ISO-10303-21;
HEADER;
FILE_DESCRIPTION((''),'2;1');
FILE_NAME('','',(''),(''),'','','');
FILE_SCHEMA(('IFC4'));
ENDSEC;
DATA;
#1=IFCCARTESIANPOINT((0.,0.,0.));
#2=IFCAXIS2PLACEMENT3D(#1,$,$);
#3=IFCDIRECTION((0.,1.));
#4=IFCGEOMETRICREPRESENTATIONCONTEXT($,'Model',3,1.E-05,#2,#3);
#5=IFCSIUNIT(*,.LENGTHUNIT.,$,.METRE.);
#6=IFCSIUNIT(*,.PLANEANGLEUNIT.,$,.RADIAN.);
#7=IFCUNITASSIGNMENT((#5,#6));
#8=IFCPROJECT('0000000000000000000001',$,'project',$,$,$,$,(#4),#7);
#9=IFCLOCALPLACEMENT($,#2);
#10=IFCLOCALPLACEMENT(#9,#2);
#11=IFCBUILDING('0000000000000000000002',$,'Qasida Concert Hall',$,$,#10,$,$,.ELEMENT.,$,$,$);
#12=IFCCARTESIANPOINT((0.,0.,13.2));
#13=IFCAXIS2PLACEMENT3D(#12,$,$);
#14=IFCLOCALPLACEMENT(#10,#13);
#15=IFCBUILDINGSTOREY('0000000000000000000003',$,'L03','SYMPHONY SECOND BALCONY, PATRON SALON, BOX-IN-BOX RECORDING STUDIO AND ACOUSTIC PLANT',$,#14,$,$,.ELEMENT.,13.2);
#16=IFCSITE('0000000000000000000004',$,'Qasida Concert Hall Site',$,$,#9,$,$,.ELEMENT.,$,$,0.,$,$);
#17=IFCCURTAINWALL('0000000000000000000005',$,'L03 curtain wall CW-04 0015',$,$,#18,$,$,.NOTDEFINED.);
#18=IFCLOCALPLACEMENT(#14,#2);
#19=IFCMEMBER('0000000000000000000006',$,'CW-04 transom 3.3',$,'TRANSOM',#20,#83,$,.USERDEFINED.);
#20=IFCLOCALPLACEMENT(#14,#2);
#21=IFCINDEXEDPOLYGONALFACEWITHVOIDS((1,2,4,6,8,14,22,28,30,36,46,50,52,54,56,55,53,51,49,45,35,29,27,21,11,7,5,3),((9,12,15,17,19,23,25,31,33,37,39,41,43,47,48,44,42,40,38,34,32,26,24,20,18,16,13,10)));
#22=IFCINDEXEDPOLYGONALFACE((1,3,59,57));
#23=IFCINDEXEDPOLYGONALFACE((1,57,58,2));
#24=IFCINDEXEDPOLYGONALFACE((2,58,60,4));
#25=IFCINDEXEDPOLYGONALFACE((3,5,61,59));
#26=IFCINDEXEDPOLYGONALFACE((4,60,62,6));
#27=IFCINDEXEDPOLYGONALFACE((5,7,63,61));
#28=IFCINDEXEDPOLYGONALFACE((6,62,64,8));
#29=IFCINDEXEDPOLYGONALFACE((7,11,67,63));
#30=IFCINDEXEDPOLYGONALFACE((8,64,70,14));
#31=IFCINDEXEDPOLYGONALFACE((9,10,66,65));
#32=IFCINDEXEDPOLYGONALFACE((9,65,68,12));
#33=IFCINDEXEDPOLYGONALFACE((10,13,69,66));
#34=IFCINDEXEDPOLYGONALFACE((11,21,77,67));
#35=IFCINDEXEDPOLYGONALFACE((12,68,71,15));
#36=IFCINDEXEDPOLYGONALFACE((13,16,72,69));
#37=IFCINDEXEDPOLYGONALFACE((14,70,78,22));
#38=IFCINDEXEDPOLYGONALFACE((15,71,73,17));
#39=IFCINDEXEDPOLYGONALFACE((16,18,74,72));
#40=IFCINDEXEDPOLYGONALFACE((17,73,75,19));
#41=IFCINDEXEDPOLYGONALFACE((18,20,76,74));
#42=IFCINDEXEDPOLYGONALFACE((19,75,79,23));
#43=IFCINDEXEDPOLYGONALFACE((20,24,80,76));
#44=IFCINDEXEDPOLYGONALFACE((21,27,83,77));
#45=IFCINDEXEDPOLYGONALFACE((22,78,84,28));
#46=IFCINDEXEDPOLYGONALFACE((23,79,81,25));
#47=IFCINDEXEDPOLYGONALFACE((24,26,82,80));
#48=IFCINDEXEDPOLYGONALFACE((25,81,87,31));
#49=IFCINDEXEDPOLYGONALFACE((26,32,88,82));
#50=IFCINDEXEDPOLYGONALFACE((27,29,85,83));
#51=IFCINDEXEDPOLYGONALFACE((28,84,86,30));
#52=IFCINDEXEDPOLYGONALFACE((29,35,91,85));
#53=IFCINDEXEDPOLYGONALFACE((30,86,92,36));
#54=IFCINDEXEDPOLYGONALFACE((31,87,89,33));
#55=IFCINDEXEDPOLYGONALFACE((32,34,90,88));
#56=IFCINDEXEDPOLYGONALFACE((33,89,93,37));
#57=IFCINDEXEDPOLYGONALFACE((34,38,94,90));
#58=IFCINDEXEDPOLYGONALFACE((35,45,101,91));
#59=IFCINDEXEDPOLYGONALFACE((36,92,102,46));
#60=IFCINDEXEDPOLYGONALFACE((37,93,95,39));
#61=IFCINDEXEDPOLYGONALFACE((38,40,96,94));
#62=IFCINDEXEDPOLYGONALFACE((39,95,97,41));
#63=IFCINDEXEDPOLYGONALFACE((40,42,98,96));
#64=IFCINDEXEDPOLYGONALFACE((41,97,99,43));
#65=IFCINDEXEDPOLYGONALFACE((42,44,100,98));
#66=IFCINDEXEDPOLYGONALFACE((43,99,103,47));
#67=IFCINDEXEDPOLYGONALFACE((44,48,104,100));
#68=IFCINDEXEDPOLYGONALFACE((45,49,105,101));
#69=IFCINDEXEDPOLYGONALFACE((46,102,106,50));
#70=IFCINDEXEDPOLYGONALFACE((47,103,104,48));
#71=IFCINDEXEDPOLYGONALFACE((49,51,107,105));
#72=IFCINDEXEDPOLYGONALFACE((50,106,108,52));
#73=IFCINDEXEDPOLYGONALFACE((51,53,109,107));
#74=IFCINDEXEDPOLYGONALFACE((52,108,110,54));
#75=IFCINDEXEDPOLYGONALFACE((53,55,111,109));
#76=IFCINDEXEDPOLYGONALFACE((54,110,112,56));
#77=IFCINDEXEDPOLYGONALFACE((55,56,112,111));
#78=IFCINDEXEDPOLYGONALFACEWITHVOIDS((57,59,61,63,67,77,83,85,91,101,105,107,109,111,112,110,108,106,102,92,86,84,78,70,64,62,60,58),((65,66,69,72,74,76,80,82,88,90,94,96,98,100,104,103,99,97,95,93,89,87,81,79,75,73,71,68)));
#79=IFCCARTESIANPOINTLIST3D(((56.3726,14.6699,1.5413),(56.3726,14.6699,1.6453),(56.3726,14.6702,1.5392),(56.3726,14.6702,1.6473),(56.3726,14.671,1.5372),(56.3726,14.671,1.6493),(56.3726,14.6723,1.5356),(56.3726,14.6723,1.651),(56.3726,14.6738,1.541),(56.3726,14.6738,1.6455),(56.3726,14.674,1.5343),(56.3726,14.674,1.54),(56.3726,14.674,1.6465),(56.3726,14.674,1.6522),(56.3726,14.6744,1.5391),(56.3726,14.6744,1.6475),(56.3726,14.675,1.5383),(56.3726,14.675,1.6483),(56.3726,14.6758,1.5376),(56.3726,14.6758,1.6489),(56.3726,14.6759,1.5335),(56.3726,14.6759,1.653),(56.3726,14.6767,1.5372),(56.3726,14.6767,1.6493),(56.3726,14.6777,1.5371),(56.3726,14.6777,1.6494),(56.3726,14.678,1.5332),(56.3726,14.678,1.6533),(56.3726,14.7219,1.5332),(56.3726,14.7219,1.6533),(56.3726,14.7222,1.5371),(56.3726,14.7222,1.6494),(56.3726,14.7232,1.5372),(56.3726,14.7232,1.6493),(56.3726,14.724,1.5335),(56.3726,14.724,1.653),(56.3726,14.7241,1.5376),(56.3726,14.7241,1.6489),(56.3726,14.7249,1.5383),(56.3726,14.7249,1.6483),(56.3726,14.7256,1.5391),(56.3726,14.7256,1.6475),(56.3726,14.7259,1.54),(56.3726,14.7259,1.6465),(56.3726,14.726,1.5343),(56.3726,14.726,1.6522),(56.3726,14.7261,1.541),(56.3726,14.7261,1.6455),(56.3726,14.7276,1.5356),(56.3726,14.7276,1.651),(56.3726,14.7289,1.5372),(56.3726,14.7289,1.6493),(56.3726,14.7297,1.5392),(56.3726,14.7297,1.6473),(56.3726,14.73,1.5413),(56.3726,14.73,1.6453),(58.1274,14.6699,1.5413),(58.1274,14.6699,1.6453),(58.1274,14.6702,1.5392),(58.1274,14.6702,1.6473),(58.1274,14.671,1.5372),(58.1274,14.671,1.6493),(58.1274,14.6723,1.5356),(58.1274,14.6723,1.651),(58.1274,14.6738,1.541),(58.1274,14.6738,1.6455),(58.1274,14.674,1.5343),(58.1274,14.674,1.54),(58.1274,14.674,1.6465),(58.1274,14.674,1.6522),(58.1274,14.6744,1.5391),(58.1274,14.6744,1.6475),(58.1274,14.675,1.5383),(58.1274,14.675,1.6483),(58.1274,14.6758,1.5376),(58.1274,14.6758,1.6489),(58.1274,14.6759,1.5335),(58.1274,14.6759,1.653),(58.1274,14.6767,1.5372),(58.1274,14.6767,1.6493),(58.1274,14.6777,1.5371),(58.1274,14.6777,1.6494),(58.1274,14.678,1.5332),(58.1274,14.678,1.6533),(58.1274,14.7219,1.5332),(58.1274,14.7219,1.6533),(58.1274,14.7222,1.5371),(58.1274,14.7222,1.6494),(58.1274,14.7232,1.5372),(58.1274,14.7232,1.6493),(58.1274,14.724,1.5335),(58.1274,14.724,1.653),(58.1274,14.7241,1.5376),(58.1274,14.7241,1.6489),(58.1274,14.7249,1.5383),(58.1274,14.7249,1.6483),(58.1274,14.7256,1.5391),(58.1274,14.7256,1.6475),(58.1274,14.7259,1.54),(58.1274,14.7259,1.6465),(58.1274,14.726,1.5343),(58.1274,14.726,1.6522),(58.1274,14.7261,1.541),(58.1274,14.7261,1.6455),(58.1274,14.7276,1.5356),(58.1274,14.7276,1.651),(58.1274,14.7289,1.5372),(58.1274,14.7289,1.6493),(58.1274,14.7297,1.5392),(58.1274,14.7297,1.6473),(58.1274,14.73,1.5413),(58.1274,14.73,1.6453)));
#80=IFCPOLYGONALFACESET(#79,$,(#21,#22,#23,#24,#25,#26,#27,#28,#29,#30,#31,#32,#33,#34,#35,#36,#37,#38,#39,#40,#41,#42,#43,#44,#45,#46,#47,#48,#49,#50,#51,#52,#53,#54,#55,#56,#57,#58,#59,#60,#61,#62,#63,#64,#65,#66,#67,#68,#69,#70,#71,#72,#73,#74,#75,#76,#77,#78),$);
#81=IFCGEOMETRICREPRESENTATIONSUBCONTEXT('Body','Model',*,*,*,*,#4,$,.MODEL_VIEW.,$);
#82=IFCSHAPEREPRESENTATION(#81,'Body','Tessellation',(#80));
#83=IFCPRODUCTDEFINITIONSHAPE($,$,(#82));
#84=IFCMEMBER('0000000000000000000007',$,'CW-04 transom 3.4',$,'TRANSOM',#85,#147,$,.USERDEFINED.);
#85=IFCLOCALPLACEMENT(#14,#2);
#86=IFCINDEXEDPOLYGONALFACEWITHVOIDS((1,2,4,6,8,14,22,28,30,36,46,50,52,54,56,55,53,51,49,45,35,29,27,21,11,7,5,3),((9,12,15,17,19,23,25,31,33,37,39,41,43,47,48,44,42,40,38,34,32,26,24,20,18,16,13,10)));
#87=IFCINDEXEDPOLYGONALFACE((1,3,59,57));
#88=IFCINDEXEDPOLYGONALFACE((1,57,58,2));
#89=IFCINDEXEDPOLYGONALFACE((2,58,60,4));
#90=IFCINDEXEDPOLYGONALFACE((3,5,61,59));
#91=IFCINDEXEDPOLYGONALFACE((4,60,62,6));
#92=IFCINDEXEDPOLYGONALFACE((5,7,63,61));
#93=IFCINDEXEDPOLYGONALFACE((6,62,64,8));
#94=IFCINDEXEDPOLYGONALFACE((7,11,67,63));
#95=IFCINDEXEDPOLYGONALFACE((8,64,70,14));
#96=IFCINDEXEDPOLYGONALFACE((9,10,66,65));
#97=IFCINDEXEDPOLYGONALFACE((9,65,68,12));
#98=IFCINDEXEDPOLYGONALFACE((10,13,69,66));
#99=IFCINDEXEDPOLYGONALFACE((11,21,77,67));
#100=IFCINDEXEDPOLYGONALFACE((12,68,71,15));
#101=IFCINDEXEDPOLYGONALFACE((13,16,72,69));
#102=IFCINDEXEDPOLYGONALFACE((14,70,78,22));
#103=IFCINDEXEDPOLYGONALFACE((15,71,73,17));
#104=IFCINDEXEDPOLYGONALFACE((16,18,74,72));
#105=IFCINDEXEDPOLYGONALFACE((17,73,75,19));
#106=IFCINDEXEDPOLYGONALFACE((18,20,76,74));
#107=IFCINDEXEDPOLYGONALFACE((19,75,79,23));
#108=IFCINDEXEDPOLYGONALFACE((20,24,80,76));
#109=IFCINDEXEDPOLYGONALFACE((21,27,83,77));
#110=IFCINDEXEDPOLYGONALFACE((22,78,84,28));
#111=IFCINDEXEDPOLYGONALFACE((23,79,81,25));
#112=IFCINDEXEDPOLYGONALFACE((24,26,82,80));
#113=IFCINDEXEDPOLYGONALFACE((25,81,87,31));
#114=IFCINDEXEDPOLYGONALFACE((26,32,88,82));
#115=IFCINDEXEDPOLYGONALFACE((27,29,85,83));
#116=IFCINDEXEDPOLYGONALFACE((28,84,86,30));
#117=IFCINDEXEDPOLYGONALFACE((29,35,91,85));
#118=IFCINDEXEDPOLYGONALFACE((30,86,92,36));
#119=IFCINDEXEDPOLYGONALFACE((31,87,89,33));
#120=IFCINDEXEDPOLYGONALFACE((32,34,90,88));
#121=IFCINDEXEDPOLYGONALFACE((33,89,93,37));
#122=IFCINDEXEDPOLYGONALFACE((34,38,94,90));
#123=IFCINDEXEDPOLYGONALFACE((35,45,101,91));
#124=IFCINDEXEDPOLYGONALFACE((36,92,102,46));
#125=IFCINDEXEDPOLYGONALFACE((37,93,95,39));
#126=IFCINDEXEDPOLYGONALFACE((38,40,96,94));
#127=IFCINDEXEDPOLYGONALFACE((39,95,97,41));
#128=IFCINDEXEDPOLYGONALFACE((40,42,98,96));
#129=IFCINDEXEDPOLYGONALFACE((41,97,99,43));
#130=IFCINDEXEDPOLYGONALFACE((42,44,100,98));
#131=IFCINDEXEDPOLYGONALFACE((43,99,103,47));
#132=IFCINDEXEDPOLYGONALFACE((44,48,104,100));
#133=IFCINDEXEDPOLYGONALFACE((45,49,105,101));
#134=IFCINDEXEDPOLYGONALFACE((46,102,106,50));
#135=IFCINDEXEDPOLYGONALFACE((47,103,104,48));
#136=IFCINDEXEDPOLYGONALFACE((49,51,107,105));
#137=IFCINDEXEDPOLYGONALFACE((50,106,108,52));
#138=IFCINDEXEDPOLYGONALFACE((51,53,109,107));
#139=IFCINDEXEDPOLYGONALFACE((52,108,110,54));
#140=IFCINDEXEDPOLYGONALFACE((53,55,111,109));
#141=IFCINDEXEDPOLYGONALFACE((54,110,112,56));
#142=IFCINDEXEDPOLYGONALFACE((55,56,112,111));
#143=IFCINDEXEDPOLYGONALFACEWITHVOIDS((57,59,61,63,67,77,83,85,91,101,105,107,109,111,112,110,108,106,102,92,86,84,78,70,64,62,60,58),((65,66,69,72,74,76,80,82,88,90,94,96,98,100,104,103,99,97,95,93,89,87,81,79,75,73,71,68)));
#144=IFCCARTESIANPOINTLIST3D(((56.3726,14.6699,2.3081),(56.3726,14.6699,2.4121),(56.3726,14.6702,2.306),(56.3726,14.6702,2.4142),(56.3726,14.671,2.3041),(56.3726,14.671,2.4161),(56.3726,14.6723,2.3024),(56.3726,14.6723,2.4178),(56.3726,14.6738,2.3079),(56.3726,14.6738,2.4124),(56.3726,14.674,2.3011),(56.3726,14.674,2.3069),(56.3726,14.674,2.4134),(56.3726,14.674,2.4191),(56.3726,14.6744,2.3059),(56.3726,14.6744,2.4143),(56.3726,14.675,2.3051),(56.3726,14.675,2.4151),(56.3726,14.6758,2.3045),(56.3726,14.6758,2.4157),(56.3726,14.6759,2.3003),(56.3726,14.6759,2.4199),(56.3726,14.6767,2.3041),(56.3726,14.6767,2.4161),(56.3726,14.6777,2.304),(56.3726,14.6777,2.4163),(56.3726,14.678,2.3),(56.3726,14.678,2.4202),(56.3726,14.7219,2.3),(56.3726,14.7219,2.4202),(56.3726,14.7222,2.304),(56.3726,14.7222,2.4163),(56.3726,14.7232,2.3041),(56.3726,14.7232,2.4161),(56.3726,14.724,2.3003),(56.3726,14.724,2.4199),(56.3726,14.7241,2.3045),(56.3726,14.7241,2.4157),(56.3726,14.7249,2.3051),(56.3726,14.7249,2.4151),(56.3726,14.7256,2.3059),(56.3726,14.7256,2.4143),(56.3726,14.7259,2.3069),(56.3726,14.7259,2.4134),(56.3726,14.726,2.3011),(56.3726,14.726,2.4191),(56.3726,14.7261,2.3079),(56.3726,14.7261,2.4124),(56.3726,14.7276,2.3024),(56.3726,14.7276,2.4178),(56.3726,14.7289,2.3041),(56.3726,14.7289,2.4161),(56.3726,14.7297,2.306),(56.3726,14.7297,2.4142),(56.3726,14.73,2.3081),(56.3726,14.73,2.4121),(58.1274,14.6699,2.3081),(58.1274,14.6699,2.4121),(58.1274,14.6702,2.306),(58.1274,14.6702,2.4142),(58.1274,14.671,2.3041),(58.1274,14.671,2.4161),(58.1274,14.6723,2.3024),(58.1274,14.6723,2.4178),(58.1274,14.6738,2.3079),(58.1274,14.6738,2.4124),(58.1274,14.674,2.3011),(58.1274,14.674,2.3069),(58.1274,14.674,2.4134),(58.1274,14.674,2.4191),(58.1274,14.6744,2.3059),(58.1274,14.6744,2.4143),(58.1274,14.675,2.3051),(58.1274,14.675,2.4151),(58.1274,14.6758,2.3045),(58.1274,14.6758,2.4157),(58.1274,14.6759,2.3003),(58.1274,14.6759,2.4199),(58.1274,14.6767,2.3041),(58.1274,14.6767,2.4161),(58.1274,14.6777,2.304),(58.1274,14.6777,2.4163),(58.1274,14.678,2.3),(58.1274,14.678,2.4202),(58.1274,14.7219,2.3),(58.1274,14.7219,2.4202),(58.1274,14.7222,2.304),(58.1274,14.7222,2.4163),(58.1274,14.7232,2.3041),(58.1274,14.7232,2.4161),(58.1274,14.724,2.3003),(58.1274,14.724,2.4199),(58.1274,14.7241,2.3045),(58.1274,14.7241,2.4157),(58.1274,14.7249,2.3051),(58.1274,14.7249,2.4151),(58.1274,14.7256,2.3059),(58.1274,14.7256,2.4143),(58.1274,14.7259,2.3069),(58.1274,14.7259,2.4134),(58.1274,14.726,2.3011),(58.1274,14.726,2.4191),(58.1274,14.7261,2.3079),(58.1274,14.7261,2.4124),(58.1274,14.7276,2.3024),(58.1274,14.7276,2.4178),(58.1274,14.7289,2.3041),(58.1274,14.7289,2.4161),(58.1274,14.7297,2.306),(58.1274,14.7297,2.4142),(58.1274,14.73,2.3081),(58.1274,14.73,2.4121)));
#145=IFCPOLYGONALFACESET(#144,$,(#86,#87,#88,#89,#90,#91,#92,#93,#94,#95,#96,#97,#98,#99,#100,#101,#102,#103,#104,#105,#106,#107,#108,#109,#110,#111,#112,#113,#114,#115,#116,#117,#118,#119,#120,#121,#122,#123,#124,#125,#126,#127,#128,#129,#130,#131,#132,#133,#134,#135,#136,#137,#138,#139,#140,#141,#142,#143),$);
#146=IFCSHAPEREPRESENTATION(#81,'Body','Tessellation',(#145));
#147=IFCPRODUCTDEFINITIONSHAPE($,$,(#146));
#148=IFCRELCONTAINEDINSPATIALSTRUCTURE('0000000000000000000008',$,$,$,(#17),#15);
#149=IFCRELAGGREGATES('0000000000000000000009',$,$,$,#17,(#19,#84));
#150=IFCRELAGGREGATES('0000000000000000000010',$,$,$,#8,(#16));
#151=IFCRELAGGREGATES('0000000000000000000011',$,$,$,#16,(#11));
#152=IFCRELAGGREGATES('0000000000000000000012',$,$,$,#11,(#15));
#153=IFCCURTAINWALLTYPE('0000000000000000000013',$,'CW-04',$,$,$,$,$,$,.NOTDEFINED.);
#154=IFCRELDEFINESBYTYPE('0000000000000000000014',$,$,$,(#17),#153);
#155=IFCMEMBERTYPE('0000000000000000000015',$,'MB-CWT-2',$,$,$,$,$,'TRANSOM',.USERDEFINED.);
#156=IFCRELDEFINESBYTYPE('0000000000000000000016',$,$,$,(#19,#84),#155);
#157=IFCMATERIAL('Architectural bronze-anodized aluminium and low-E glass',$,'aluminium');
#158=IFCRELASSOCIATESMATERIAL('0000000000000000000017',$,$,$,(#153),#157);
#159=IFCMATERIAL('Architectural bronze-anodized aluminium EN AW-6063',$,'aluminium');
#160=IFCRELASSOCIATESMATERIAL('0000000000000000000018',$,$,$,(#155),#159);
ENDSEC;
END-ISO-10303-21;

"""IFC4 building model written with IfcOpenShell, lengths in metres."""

from ifc_helpers import new_model, si_unit, direction, frame, origin, origin_2d, place, context, subcontext, project, spatial, hollow_rectangle, extrude, material, material_profile, profile_set, type_object, element, aggregate, save


model = new_model("IFC4")

# Units and contexts
model_context = context("Model", 3, precision=1e-05, world=origin(), true_north=direction((0.0, 1.0)))
body_context = subcontext(model_context, "Body", "Model", "MODEL_VIEW")
ifc_project = project(units=[si_unit("LENGTHUNIT", "METRE"), si_unit("PLANEANGLEUNIT", "RADIAN")], contexts=[model_context])

# Site, building, storey
site_placement = place(None, origin())
site = spatial("IfcSite", under=ifc_project, at=site_placement, Name="Qasida Concert Hall Site", CompositionType="ELEMENT", RefElevation=0.0)
building_placement = place(site_placement, origin())
building = spatial("IfcBuilding", under=site, at=building_placement, Name="Qasida Concert Hall", CompositionType="ELEMENT")
storey_placement = place(building_placement, frame((0.0, 0.0, 13.2)))
storey = spatial("IfcBuildingStorey", under=building, at=storey_placement, Name="L03", Description="SYMPHONY SECOND BALCONY, PATRON SALON, BOX-IN-BOX RECORDING STUDIO AND ACOUSTIC PLANT", CompositionType="ELEMENT", Elevation=13.2)

# Curtain wall, members
ifc_material_1 = material(Name="Architectural bronze-anodized aluminium and low-E glass", Category="aluminium")
ifc_material_2 = material(Name="Architectural bronze-anodized aluminium EN AW-6063", Category="aluminium")
curtain_wall_type_1 = type_object("IfcCurtainWallType", Name="CW-04", PredefinedType="NOTDEFINED", material=ifc_material_1)
curtain_wall_1_placement = place(storey_placement, origin())
curtain_wall_1 = element("IfcCurtainWall", 1, at=curtain_wall_1_placement, inside=storey, type_object=curtain_wall_type_1, Name="L03 curtain wall CW-04 0015", PredefinedType="NOTDEFINED")
ifc_material_profile_1 = material_profile(ifc_material_2, hollow_rectangle(XDim=0.0601, YDim=0.1201, WallThickness=0.0039, InnerFilletRadius=0.0039, OuterFilletRadius=0.0081, at=origin_2d()), Name="CWT 120x60x4")
ifc_profile_set_1 = profile_set([ifc_material_profile_1], Name="Architectural bronze-anodized aluminium EN AW-6063")
member_type_1 = type_object("IfcMemberType", Name="MB-CWT-2", ElementType="TRANSOM", PredefinedType="USERDEFINED", material=ifc_profile_set_1)
member_1_placement = place(storey_placement, frame((56.3726, 14.7, 1.5933), z_axis=(1.0, 0.0, 0.0), x_axis=(0.0, 1.0, 0.0)))
member_1 = element("IfcMember", 2, at=member_1_placement, type_object=member_type_1, Name="CW-04 transom 3.3", ObjectType="TRANSOM", PredefinedType="USERDEFINED", context=body_context, shape_type="SweptSolid", body=[
    extrude(hollow_rectangle(XDim=0.0601, YDim=0.1201, WallThickness=0.0039, InnerFilletRadius=0.0039, OuterFilletRadius=0.0081, at=origin_2d()), origin(), (0.0, 0.0, 1.0), 1.7549),
])
member_2_placement = place(storey_placement, frame((56.3726, 14.7, 2.3601), z_axis=(1.0, 0.0, 0.0), x_axis=(0.0, 1.0, 0.0)))
member_2 = element("IfcMember", 3, at=member_2_placement, type_object=member_type_1, Name="CW-04 transom 3.4", ObjectType="TRANSOM", PredefinedType="USERDEFINED", context=body_context, shape_type="SweptSolid", body=[
    extrude(hollow_rectangle(XDim=0.0601, YDim=0.1201, WallThickness=0.0039, InnerFilletRadius=0.0039, OuterFilletRadius=0.0081, at=origin_2d()), origin(), (0.0, 0.0, 1.0), 1.7549),
])
aggregate(curtain_wall_1, [member_1, member_2])

save(model, "model.ifc")
